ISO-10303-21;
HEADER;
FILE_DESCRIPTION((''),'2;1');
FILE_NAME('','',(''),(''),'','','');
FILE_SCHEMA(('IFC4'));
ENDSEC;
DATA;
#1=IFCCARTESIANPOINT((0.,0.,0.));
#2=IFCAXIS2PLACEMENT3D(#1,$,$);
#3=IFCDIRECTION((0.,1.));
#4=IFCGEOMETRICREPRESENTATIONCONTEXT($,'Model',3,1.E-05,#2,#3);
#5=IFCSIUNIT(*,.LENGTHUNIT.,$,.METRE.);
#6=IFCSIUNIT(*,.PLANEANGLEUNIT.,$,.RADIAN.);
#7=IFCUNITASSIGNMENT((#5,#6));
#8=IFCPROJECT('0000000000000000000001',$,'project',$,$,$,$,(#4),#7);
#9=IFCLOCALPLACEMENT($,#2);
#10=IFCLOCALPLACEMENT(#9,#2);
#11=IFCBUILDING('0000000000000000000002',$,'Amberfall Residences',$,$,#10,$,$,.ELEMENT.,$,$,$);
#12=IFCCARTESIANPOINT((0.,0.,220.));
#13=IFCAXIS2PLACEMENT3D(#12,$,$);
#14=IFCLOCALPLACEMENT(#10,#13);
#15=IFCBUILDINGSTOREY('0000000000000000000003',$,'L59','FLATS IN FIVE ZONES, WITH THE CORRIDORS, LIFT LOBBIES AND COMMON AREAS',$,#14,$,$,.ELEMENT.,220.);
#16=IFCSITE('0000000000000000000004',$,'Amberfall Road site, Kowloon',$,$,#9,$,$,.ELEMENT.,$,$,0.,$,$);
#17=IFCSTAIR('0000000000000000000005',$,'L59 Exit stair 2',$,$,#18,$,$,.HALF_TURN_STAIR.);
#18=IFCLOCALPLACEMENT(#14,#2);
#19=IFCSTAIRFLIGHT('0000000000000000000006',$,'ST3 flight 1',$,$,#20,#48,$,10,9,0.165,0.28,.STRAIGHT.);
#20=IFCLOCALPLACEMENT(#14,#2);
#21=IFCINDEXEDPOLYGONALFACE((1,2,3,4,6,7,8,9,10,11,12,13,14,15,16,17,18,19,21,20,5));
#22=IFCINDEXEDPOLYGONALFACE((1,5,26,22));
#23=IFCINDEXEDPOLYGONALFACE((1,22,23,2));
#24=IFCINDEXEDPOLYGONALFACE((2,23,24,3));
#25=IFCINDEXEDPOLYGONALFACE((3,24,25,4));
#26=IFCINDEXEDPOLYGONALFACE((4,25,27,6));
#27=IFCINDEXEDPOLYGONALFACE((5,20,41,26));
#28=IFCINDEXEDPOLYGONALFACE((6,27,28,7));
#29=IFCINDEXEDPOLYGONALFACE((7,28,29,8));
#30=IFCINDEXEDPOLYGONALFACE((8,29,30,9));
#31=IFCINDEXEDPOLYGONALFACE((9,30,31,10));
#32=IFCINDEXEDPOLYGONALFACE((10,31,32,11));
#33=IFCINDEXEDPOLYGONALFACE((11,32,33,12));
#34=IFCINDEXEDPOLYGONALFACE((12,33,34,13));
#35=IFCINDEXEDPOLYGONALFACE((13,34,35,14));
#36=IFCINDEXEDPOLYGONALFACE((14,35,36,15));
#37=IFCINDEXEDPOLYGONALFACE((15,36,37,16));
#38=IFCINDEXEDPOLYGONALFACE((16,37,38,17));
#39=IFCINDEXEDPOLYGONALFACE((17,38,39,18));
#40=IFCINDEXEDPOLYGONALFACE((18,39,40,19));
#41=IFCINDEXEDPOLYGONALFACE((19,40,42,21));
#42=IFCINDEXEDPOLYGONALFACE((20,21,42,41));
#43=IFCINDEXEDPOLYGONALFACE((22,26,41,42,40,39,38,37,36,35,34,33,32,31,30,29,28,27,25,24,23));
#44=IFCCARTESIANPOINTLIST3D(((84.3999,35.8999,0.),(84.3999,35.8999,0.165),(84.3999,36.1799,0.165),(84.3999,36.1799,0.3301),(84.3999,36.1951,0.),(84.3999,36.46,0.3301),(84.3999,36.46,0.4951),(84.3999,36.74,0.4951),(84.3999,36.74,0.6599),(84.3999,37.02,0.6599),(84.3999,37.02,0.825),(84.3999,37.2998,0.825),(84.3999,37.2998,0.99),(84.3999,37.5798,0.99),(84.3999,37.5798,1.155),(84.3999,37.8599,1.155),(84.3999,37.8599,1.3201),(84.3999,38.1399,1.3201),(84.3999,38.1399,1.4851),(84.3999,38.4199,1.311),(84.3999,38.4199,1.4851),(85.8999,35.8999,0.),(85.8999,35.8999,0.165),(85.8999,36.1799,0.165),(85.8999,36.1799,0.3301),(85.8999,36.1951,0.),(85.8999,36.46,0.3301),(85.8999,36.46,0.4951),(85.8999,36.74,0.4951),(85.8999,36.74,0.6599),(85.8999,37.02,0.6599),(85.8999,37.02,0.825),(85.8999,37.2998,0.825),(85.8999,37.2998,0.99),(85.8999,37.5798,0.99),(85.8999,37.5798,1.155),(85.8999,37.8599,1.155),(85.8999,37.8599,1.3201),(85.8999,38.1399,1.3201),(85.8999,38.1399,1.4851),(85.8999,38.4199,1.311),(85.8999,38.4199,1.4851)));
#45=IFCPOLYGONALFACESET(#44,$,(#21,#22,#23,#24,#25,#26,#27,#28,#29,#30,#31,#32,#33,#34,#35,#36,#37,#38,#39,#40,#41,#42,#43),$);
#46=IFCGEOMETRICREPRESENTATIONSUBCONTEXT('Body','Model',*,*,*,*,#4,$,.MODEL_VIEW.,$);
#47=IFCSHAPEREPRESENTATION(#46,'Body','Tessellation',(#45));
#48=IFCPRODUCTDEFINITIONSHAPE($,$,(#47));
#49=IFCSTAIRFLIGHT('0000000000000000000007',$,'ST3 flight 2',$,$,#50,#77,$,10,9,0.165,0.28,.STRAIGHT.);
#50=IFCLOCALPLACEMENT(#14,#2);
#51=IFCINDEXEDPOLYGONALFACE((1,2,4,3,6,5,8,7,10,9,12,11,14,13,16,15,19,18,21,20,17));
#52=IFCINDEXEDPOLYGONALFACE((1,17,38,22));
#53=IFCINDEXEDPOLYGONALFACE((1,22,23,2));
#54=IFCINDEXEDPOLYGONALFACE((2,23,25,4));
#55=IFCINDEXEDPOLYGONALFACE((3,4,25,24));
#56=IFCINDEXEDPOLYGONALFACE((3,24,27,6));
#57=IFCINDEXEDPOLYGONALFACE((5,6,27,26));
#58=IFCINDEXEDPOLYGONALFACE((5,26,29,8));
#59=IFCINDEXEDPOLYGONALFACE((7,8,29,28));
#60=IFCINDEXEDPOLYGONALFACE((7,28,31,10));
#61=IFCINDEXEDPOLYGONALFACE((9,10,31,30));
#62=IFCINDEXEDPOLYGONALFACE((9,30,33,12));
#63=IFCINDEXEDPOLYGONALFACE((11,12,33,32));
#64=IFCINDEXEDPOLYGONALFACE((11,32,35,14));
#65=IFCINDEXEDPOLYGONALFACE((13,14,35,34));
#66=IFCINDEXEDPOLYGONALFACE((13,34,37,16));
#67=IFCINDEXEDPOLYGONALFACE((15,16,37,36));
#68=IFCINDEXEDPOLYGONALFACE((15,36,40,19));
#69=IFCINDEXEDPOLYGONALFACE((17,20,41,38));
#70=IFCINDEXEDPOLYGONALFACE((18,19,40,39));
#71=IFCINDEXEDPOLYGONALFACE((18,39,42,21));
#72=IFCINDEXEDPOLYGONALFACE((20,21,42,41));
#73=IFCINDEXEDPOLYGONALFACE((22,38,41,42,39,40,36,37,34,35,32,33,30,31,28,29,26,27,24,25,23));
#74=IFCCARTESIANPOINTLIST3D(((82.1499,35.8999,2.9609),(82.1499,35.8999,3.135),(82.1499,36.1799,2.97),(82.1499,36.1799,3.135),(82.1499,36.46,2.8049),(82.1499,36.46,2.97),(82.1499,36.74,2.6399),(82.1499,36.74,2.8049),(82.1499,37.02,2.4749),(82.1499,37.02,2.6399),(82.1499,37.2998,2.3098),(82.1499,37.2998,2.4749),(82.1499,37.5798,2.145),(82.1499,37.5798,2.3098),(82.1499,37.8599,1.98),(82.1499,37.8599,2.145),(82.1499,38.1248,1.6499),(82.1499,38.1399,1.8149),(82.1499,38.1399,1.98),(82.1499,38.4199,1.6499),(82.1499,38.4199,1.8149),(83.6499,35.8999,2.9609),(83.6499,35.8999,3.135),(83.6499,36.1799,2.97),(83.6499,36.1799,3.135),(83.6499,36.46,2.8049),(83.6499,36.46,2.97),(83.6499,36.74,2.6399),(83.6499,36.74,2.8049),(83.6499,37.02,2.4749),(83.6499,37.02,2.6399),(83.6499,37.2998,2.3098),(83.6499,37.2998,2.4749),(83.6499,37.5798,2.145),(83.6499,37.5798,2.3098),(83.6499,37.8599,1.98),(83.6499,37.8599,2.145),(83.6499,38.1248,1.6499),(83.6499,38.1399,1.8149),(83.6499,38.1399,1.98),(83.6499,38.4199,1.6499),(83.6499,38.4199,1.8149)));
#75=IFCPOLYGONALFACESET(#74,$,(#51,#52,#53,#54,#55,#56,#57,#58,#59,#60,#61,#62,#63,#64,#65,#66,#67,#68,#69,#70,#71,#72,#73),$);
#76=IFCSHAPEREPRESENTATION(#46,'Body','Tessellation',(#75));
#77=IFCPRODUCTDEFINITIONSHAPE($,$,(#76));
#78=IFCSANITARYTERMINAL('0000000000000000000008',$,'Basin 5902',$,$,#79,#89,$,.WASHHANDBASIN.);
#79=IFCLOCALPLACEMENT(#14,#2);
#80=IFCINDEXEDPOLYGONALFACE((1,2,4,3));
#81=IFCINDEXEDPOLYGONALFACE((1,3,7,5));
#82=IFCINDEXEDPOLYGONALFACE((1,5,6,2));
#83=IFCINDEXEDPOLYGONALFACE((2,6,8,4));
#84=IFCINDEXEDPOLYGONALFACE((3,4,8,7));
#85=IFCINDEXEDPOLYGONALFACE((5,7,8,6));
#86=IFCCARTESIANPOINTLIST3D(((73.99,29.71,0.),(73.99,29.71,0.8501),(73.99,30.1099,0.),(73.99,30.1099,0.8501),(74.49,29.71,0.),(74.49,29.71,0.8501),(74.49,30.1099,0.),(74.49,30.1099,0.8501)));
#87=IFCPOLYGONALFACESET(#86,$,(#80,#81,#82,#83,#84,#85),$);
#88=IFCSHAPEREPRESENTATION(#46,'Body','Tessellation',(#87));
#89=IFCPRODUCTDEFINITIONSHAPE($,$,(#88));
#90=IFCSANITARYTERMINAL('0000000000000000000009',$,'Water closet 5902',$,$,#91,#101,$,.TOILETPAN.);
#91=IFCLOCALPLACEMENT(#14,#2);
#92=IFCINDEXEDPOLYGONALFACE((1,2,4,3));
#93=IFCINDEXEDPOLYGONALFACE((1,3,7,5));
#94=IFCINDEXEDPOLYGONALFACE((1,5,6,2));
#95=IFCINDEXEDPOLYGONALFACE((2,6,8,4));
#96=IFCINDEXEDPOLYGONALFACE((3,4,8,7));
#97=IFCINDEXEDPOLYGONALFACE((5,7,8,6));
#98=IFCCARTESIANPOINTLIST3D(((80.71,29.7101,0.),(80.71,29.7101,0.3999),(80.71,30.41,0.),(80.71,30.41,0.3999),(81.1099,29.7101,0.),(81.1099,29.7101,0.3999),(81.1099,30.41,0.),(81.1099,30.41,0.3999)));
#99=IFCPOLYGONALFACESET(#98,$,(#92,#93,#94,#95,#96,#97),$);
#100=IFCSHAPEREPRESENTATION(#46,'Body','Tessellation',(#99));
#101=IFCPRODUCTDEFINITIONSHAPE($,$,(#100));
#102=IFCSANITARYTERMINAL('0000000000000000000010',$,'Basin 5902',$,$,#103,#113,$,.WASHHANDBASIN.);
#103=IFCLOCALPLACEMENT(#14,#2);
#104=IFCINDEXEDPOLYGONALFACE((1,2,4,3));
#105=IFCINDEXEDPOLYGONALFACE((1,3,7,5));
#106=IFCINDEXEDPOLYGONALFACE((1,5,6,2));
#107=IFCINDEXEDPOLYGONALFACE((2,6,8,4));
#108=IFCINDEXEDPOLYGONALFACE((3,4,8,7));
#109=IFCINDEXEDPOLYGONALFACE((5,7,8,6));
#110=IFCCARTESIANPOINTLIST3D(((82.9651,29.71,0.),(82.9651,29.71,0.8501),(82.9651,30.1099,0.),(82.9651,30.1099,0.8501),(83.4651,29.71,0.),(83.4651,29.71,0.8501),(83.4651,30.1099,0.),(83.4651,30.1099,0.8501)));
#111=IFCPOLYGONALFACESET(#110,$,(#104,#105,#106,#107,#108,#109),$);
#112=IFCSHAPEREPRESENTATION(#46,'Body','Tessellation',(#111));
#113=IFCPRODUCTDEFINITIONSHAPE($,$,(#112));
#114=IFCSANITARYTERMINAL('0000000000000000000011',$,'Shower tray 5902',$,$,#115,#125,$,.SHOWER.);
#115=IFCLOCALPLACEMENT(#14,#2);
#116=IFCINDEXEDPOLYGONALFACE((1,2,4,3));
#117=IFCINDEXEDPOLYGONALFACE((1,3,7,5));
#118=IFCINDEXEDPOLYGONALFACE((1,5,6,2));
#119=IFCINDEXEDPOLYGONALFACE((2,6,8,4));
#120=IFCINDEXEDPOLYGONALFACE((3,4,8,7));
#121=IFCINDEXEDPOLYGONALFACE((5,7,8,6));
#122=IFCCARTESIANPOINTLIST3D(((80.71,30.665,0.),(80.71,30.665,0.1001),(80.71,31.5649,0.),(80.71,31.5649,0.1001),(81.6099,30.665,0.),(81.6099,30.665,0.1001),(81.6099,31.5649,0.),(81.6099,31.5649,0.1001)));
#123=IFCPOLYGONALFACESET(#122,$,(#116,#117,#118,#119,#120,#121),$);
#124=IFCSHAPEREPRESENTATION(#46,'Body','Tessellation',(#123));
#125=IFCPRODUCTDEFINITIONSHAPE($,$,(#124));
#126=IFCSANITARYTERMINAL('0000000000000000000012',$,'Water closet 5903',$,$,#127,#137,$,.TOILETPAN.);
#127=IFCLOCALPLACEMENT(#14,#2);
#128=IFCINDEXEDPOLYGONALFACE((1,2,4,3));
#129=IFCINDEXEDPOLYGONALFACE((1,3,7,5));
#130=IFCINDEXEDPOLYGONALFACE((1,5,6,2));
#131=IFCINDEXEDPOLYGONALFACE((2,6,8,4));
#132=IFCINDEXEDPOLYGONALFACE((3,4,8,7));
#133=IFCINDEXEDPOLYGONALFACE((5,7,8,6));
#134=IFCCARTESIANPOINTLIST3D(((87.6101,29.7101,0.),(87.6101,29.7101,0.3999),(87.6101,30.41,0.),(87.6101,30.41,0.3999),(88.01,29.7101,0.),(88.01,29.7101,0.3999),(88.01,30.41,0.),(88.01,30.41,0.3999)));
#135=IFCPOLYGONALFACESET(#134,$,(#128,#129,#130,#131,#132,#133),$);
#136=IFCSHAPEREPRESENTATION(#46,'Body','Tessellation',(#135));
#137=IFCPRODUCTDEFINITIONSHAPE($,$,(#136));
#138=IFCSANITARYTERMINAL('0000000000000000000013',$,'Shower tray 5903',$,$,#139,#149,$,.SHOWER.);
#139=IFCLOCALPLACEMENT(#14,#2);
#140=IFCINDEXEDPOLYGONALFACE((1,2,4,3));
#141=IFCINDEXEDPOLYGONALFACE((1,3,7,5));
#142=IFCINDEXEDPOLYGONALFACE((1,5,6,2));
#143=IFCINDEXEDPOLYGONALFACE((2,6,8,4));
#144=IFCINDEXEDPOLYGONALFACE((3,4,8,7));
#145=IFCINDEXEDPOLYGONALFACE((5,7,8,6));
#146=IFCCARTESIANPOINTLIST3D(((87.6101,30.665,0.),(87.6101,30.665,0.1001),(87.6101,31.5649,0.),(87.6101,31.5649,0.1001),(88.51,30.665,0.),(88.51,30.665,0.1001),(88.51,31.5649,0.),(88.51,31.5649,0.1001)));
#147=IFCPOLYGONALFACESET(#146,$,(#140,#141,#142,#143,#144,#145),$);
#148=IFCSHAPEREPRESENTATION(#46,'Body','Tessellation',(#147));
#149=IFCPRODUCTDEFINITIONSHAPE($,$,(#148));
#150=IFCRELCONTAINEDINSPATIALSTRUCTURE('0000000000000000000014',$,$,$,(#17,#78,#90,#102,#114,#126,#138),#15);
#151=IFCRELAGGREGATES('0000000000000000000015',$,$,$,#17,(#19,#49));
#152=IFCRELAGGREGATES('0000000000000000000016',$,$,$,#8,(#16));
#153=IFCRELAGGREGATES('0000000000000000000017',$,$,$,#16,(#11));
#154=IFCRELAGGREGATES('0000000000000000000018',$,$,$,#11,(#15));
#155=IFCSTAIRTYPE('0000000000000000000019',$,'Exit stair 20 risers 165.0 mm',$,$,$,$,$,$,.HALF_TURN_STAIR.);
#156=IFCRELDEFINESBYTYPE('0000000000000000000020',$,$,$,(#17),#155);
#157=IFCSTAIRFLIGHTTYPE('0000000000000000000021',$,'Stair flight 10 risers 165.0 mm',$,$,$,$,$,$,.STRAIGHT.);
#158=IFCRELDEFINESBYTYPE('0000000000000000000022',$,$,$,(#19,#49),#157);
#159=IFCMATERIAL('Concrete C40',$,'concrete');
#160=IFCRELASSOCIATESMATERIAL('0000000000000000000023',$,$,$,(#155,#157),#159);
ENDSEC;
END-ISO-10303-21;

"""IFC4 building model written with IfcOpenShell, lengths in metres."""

from ifc_helpers import new_model, si_unit, direction, frame, origin, origin_2d, place, context, subcontext, project, spatial, polyline, rectangle, outline, extrude, material, type_object, element, aggregate, save


model = new_model("IFC4")

# Units and contexts
model_context = context("Model", 3, precision=1e-05, world=origin(), true_north=direction((0.0, 1.0)))
body_context = subcontext(model_context, "Body", "Model", "MODEL_VIEW")
ifc_project = project(units=[si_unit("LENGTHUNIT", "METRE"), si_unit("PLANEANGLEUNIT", "RADIAN")], contexts=[model_context])

# Site, building, storey
site_placement = place(None, origin())
site = spatial("IfcSite", under=ifc_project, at=site_placement, Name="Amberfall Road site, Kowloon", CompositionType="ELEMENT", RefElevation=0.0)
building_placement = place(site_placement, origin())
building = spatial("IfcBuilding", under=site, at=building_placement, Name="Amberfall Residences", CompositionType="ELEMENT")
storey_placement = place(building_placement, frame((0.0, 0.0, 220.0)))
storey = spatial("IfcBuildingStorey", under=building, at=storey_placement, Name="L59", Description="FLATS IN FIVE ZONES, WITH THE CORRIDORS, LIFT LOBBIES AND COMMON AREAS", CompositionType="ELEMENT", Elevation=220.0)

# Stair, stair flights
ifc_material_1 = material(Name="Concrete C40", Category="concrete")
stair_type = type_object("IfcStairType", Name="Exit stair 20 risers 165.0 mm", PredefinedType="HALF_TURN_STAIR", material=ifc_material_1)
stair_placement = place(storey_placement, origin())
stair = element("IfcStair", 1, at=stair_placement, inside=storey, type_object=stair_type, Name="L59 Exit stair 2", PredefinedType="HALF_TURN_STAIR")
stair_flight_type = type_object("IfcStairFlightType", Name="Stair flight 10 risers 165.0 mm", PredefinedType="STRAIGHT", material=ifc_material_1)
stair_flight_1_placement = place(storey_placement, frame((85.1499, 35.8999, 0.0), z_axis=(0.0, 0.0, 1.0), x_axis=(0.0, 1.0, 0.0)))
stair_flight_1 = element("IfcStairFlight", 2, at=stair_flight_1_placement, type_object=stair_flight_type, Name="ST3 flight 1", NumberOfRisers=10, NumberOfTreads=9, PredefinedType="STRAIGHT", RiserHeight=0.165, TreadLength=0.28, context=body_context, shape_type="SweptSolid", body=[
    extrude(outline(polyline([(0.0, 0.0), (0.0, 0.165), (0.28, 0.165), (0.28, 0.3301), (0.5601, 0.3301), (0.5601, 0.4951), (0.8401, 0.4951), (0.8401, 0.6599), (1.1201, 0.6599), (1.1201, 0.825), (1.3999, 0.825), (1.3999, 0.99), (1.6799, 0.99), (1.6799, 1.155), (1.96, 1.155), (1.96, 1.3201), (2.24, 1.3201), (2.24, 1.4851), (2.52, 1.4851), (2.52, 1.6499), (2.52, 1.311), (0.2952, 0.0), (0.0, 0.0)])), frame((0.0, 0.75, 0.0), z_axis=(0.0, -1.0, 0.0), x_axis=(1.0, 0.0, 0.0)), (0.0, 0.0, 1.0), 1.5),
])
stair_flight_2_placement = place(storey_placement, frame((82.8999, 38.4199, 1.6499), z_axis=(0.0, 0.0, 1.0), x_axis=(0.0, -1.0, 0.0)))
stair_flight_2 = element("IfcStairFlight", 3, at=stair_flight_2_placement, type_object=stair_flight_type, Name="ST3 flight 2", NumberOfRisers=10, NumberOfTreads=9, PredefinedType="STRAIGHT", RiserHeight=0.165, TreadLength=0.28, context=body_context, shape_type="SweptSolid", body=[
    extrude(outline(polyline([(0.0, 0.0), (0.0, 0.165), (0.28, 0.165), (0.28, 0.3301), (0.5601, 0.3301), (0.5601, 0.4951), (0.8401, 0.4951), (0.8401, 0.6599), (1.1201, 0.6599), (1.1201, 0.825), (1.3999, 0.825), (1.3999, 0.99), (1.6799, 0.99), (1.6799, 1.155), (1.96, 1.155), (1.96, 1.3201), (2.24, 1.3201), (2.24, 1.4851), (2.52, 1.4851), (2.52, 1.6499), (2.52, 1.311), (0.2952, 0.0), (0.0, 0.0)])), frame((0.0, 0.75, 0.0), z_axis=(0.0, -1.0, 0.0), x_axis=(1.0, 0.0, 0.0)), (0.0, 0.0, 1.0), 1.5),
])
aggregate(stair, [stair_flight_1, stair_flight_2])

# Sanitary terminals
sanitary_terminal_1_placement = place(storey_placement, frame((74.24, 29.9099, 0.0), z_axis=(0.0, 0.0, 1.0), x_axis=(1.0, 0.0, 0.0)))
element("IfcSanitaryTerminal", 4, at=sanitary_terminal_1_placement, inside=storey, Name="Basin 5902", PredefinedType="WASHHANDBASIN", context=body_context, shape_type="SweptSolid", body=[
    extrude(rectangle(XDim=0.5, YDim=0.3999, at=origin_2d()), origin(), (0.0, 0.0, 1.0), 0.8501),
])
sanitary_terminal_2_placement = place(storey_placement, frame((80.9099, 30.0601, 0.0), z_axis=(0.0, 0.0, 1.0), x_axis=(1.0, 0.0, 0.0)))
element("IfcSanitaryTerminal", 5, at=sanitary_terminal_2_placement, inside=storey, Name="Water closet 5902", PredefinedType="TOILETPAN", context=body_context, shape_type="SweptSolid", body=[
    extrude(rectangle(XDim=0.3999, YDim=0.7, at=origin_2d()), origin(), (0.0, 0.0, 1.0), 0.3999),
])
sanitary_terminal_3_placement = place(storey_placement, frame((83.2151, 29.9099, 0.0), z_axis=(0.0, 0.0, 1.0), x_axis=(1.0, 0.0, 0.0)))
element("IfcSanitaryTerminal", 6, at=sanitary_terminal_3_placement, inside=storey, Name="Basin 5902", PredefinedType="WASHHANDBASIN", context=body_context, shape_type="SweptSolid", body=[
    extrude(rectangle(XDim=0.5, YDim=0.3999, at=origin_2d()), origin(), (0.0, 0.0, 1.0), 0.8501),
])
sanitary_terminal_4_placement = place(storey_placement, frame((81.1599, 31.115, 0.0), z_axis=(0.0, 0.0, 1.0), x_axis=(1.0, 0.0, 0.0)))
element("IfcSanitaryTerminal", 7, at=sanitary_terminal_4_placement, inside=storey, Name="Shower tray 5902", PredefinedType="SHOWER", context=body_context, shape_type="SweptSolid", body=[
    extrude(rectangle(XDim=0.8999, YDim=0.8999, at=origin_2d()), origin(), (0.0, 0.0, 1.0), 0.1001),
])
sanitary_terminal_5_placement = place(storey_placement, frame((87.8101, 30.0601, 0.0), z_axis=(0.0, 0.0, 1.0), x_axis=(1.0, 0.0, 0.0)))
element("IfcSanitaryTerminal", 8, at=sanitary_terminal_5_placement, inside=storey, Name="Water closet 5903", PredefinedType="TOILETPAN", context=body_context, shape_type="SweptSolid", body=[
    extrude(rectangle(XDim=0.3999, YDim=0.7, at=origin_2d()), origin(), (0.0, 0.0, 1.0), 0.3999),
])
sanitary_terminal_6_placement = place(storey_placement, frame((88.0601, 31.115, 0.0), z_axis=(0.0, 0.0, 1.0), x_axis=(1.0, 0.0, 0.0)))
element("IfcSanitaryTerminal", 9, at=sanitary_terminal_6_placement, inside=storey, Name="Shower tray 5903", PredefinedType="SHOWER", context=body_context, shape_type="SweptSolid", body=[
    extrude(rectangle(XDim=0.8999, YDim=0.8999, at=origin_2d()), origin(), (0.0, 0.0, 1.0), 0.1001),
])

save(model, "model.ifc")
